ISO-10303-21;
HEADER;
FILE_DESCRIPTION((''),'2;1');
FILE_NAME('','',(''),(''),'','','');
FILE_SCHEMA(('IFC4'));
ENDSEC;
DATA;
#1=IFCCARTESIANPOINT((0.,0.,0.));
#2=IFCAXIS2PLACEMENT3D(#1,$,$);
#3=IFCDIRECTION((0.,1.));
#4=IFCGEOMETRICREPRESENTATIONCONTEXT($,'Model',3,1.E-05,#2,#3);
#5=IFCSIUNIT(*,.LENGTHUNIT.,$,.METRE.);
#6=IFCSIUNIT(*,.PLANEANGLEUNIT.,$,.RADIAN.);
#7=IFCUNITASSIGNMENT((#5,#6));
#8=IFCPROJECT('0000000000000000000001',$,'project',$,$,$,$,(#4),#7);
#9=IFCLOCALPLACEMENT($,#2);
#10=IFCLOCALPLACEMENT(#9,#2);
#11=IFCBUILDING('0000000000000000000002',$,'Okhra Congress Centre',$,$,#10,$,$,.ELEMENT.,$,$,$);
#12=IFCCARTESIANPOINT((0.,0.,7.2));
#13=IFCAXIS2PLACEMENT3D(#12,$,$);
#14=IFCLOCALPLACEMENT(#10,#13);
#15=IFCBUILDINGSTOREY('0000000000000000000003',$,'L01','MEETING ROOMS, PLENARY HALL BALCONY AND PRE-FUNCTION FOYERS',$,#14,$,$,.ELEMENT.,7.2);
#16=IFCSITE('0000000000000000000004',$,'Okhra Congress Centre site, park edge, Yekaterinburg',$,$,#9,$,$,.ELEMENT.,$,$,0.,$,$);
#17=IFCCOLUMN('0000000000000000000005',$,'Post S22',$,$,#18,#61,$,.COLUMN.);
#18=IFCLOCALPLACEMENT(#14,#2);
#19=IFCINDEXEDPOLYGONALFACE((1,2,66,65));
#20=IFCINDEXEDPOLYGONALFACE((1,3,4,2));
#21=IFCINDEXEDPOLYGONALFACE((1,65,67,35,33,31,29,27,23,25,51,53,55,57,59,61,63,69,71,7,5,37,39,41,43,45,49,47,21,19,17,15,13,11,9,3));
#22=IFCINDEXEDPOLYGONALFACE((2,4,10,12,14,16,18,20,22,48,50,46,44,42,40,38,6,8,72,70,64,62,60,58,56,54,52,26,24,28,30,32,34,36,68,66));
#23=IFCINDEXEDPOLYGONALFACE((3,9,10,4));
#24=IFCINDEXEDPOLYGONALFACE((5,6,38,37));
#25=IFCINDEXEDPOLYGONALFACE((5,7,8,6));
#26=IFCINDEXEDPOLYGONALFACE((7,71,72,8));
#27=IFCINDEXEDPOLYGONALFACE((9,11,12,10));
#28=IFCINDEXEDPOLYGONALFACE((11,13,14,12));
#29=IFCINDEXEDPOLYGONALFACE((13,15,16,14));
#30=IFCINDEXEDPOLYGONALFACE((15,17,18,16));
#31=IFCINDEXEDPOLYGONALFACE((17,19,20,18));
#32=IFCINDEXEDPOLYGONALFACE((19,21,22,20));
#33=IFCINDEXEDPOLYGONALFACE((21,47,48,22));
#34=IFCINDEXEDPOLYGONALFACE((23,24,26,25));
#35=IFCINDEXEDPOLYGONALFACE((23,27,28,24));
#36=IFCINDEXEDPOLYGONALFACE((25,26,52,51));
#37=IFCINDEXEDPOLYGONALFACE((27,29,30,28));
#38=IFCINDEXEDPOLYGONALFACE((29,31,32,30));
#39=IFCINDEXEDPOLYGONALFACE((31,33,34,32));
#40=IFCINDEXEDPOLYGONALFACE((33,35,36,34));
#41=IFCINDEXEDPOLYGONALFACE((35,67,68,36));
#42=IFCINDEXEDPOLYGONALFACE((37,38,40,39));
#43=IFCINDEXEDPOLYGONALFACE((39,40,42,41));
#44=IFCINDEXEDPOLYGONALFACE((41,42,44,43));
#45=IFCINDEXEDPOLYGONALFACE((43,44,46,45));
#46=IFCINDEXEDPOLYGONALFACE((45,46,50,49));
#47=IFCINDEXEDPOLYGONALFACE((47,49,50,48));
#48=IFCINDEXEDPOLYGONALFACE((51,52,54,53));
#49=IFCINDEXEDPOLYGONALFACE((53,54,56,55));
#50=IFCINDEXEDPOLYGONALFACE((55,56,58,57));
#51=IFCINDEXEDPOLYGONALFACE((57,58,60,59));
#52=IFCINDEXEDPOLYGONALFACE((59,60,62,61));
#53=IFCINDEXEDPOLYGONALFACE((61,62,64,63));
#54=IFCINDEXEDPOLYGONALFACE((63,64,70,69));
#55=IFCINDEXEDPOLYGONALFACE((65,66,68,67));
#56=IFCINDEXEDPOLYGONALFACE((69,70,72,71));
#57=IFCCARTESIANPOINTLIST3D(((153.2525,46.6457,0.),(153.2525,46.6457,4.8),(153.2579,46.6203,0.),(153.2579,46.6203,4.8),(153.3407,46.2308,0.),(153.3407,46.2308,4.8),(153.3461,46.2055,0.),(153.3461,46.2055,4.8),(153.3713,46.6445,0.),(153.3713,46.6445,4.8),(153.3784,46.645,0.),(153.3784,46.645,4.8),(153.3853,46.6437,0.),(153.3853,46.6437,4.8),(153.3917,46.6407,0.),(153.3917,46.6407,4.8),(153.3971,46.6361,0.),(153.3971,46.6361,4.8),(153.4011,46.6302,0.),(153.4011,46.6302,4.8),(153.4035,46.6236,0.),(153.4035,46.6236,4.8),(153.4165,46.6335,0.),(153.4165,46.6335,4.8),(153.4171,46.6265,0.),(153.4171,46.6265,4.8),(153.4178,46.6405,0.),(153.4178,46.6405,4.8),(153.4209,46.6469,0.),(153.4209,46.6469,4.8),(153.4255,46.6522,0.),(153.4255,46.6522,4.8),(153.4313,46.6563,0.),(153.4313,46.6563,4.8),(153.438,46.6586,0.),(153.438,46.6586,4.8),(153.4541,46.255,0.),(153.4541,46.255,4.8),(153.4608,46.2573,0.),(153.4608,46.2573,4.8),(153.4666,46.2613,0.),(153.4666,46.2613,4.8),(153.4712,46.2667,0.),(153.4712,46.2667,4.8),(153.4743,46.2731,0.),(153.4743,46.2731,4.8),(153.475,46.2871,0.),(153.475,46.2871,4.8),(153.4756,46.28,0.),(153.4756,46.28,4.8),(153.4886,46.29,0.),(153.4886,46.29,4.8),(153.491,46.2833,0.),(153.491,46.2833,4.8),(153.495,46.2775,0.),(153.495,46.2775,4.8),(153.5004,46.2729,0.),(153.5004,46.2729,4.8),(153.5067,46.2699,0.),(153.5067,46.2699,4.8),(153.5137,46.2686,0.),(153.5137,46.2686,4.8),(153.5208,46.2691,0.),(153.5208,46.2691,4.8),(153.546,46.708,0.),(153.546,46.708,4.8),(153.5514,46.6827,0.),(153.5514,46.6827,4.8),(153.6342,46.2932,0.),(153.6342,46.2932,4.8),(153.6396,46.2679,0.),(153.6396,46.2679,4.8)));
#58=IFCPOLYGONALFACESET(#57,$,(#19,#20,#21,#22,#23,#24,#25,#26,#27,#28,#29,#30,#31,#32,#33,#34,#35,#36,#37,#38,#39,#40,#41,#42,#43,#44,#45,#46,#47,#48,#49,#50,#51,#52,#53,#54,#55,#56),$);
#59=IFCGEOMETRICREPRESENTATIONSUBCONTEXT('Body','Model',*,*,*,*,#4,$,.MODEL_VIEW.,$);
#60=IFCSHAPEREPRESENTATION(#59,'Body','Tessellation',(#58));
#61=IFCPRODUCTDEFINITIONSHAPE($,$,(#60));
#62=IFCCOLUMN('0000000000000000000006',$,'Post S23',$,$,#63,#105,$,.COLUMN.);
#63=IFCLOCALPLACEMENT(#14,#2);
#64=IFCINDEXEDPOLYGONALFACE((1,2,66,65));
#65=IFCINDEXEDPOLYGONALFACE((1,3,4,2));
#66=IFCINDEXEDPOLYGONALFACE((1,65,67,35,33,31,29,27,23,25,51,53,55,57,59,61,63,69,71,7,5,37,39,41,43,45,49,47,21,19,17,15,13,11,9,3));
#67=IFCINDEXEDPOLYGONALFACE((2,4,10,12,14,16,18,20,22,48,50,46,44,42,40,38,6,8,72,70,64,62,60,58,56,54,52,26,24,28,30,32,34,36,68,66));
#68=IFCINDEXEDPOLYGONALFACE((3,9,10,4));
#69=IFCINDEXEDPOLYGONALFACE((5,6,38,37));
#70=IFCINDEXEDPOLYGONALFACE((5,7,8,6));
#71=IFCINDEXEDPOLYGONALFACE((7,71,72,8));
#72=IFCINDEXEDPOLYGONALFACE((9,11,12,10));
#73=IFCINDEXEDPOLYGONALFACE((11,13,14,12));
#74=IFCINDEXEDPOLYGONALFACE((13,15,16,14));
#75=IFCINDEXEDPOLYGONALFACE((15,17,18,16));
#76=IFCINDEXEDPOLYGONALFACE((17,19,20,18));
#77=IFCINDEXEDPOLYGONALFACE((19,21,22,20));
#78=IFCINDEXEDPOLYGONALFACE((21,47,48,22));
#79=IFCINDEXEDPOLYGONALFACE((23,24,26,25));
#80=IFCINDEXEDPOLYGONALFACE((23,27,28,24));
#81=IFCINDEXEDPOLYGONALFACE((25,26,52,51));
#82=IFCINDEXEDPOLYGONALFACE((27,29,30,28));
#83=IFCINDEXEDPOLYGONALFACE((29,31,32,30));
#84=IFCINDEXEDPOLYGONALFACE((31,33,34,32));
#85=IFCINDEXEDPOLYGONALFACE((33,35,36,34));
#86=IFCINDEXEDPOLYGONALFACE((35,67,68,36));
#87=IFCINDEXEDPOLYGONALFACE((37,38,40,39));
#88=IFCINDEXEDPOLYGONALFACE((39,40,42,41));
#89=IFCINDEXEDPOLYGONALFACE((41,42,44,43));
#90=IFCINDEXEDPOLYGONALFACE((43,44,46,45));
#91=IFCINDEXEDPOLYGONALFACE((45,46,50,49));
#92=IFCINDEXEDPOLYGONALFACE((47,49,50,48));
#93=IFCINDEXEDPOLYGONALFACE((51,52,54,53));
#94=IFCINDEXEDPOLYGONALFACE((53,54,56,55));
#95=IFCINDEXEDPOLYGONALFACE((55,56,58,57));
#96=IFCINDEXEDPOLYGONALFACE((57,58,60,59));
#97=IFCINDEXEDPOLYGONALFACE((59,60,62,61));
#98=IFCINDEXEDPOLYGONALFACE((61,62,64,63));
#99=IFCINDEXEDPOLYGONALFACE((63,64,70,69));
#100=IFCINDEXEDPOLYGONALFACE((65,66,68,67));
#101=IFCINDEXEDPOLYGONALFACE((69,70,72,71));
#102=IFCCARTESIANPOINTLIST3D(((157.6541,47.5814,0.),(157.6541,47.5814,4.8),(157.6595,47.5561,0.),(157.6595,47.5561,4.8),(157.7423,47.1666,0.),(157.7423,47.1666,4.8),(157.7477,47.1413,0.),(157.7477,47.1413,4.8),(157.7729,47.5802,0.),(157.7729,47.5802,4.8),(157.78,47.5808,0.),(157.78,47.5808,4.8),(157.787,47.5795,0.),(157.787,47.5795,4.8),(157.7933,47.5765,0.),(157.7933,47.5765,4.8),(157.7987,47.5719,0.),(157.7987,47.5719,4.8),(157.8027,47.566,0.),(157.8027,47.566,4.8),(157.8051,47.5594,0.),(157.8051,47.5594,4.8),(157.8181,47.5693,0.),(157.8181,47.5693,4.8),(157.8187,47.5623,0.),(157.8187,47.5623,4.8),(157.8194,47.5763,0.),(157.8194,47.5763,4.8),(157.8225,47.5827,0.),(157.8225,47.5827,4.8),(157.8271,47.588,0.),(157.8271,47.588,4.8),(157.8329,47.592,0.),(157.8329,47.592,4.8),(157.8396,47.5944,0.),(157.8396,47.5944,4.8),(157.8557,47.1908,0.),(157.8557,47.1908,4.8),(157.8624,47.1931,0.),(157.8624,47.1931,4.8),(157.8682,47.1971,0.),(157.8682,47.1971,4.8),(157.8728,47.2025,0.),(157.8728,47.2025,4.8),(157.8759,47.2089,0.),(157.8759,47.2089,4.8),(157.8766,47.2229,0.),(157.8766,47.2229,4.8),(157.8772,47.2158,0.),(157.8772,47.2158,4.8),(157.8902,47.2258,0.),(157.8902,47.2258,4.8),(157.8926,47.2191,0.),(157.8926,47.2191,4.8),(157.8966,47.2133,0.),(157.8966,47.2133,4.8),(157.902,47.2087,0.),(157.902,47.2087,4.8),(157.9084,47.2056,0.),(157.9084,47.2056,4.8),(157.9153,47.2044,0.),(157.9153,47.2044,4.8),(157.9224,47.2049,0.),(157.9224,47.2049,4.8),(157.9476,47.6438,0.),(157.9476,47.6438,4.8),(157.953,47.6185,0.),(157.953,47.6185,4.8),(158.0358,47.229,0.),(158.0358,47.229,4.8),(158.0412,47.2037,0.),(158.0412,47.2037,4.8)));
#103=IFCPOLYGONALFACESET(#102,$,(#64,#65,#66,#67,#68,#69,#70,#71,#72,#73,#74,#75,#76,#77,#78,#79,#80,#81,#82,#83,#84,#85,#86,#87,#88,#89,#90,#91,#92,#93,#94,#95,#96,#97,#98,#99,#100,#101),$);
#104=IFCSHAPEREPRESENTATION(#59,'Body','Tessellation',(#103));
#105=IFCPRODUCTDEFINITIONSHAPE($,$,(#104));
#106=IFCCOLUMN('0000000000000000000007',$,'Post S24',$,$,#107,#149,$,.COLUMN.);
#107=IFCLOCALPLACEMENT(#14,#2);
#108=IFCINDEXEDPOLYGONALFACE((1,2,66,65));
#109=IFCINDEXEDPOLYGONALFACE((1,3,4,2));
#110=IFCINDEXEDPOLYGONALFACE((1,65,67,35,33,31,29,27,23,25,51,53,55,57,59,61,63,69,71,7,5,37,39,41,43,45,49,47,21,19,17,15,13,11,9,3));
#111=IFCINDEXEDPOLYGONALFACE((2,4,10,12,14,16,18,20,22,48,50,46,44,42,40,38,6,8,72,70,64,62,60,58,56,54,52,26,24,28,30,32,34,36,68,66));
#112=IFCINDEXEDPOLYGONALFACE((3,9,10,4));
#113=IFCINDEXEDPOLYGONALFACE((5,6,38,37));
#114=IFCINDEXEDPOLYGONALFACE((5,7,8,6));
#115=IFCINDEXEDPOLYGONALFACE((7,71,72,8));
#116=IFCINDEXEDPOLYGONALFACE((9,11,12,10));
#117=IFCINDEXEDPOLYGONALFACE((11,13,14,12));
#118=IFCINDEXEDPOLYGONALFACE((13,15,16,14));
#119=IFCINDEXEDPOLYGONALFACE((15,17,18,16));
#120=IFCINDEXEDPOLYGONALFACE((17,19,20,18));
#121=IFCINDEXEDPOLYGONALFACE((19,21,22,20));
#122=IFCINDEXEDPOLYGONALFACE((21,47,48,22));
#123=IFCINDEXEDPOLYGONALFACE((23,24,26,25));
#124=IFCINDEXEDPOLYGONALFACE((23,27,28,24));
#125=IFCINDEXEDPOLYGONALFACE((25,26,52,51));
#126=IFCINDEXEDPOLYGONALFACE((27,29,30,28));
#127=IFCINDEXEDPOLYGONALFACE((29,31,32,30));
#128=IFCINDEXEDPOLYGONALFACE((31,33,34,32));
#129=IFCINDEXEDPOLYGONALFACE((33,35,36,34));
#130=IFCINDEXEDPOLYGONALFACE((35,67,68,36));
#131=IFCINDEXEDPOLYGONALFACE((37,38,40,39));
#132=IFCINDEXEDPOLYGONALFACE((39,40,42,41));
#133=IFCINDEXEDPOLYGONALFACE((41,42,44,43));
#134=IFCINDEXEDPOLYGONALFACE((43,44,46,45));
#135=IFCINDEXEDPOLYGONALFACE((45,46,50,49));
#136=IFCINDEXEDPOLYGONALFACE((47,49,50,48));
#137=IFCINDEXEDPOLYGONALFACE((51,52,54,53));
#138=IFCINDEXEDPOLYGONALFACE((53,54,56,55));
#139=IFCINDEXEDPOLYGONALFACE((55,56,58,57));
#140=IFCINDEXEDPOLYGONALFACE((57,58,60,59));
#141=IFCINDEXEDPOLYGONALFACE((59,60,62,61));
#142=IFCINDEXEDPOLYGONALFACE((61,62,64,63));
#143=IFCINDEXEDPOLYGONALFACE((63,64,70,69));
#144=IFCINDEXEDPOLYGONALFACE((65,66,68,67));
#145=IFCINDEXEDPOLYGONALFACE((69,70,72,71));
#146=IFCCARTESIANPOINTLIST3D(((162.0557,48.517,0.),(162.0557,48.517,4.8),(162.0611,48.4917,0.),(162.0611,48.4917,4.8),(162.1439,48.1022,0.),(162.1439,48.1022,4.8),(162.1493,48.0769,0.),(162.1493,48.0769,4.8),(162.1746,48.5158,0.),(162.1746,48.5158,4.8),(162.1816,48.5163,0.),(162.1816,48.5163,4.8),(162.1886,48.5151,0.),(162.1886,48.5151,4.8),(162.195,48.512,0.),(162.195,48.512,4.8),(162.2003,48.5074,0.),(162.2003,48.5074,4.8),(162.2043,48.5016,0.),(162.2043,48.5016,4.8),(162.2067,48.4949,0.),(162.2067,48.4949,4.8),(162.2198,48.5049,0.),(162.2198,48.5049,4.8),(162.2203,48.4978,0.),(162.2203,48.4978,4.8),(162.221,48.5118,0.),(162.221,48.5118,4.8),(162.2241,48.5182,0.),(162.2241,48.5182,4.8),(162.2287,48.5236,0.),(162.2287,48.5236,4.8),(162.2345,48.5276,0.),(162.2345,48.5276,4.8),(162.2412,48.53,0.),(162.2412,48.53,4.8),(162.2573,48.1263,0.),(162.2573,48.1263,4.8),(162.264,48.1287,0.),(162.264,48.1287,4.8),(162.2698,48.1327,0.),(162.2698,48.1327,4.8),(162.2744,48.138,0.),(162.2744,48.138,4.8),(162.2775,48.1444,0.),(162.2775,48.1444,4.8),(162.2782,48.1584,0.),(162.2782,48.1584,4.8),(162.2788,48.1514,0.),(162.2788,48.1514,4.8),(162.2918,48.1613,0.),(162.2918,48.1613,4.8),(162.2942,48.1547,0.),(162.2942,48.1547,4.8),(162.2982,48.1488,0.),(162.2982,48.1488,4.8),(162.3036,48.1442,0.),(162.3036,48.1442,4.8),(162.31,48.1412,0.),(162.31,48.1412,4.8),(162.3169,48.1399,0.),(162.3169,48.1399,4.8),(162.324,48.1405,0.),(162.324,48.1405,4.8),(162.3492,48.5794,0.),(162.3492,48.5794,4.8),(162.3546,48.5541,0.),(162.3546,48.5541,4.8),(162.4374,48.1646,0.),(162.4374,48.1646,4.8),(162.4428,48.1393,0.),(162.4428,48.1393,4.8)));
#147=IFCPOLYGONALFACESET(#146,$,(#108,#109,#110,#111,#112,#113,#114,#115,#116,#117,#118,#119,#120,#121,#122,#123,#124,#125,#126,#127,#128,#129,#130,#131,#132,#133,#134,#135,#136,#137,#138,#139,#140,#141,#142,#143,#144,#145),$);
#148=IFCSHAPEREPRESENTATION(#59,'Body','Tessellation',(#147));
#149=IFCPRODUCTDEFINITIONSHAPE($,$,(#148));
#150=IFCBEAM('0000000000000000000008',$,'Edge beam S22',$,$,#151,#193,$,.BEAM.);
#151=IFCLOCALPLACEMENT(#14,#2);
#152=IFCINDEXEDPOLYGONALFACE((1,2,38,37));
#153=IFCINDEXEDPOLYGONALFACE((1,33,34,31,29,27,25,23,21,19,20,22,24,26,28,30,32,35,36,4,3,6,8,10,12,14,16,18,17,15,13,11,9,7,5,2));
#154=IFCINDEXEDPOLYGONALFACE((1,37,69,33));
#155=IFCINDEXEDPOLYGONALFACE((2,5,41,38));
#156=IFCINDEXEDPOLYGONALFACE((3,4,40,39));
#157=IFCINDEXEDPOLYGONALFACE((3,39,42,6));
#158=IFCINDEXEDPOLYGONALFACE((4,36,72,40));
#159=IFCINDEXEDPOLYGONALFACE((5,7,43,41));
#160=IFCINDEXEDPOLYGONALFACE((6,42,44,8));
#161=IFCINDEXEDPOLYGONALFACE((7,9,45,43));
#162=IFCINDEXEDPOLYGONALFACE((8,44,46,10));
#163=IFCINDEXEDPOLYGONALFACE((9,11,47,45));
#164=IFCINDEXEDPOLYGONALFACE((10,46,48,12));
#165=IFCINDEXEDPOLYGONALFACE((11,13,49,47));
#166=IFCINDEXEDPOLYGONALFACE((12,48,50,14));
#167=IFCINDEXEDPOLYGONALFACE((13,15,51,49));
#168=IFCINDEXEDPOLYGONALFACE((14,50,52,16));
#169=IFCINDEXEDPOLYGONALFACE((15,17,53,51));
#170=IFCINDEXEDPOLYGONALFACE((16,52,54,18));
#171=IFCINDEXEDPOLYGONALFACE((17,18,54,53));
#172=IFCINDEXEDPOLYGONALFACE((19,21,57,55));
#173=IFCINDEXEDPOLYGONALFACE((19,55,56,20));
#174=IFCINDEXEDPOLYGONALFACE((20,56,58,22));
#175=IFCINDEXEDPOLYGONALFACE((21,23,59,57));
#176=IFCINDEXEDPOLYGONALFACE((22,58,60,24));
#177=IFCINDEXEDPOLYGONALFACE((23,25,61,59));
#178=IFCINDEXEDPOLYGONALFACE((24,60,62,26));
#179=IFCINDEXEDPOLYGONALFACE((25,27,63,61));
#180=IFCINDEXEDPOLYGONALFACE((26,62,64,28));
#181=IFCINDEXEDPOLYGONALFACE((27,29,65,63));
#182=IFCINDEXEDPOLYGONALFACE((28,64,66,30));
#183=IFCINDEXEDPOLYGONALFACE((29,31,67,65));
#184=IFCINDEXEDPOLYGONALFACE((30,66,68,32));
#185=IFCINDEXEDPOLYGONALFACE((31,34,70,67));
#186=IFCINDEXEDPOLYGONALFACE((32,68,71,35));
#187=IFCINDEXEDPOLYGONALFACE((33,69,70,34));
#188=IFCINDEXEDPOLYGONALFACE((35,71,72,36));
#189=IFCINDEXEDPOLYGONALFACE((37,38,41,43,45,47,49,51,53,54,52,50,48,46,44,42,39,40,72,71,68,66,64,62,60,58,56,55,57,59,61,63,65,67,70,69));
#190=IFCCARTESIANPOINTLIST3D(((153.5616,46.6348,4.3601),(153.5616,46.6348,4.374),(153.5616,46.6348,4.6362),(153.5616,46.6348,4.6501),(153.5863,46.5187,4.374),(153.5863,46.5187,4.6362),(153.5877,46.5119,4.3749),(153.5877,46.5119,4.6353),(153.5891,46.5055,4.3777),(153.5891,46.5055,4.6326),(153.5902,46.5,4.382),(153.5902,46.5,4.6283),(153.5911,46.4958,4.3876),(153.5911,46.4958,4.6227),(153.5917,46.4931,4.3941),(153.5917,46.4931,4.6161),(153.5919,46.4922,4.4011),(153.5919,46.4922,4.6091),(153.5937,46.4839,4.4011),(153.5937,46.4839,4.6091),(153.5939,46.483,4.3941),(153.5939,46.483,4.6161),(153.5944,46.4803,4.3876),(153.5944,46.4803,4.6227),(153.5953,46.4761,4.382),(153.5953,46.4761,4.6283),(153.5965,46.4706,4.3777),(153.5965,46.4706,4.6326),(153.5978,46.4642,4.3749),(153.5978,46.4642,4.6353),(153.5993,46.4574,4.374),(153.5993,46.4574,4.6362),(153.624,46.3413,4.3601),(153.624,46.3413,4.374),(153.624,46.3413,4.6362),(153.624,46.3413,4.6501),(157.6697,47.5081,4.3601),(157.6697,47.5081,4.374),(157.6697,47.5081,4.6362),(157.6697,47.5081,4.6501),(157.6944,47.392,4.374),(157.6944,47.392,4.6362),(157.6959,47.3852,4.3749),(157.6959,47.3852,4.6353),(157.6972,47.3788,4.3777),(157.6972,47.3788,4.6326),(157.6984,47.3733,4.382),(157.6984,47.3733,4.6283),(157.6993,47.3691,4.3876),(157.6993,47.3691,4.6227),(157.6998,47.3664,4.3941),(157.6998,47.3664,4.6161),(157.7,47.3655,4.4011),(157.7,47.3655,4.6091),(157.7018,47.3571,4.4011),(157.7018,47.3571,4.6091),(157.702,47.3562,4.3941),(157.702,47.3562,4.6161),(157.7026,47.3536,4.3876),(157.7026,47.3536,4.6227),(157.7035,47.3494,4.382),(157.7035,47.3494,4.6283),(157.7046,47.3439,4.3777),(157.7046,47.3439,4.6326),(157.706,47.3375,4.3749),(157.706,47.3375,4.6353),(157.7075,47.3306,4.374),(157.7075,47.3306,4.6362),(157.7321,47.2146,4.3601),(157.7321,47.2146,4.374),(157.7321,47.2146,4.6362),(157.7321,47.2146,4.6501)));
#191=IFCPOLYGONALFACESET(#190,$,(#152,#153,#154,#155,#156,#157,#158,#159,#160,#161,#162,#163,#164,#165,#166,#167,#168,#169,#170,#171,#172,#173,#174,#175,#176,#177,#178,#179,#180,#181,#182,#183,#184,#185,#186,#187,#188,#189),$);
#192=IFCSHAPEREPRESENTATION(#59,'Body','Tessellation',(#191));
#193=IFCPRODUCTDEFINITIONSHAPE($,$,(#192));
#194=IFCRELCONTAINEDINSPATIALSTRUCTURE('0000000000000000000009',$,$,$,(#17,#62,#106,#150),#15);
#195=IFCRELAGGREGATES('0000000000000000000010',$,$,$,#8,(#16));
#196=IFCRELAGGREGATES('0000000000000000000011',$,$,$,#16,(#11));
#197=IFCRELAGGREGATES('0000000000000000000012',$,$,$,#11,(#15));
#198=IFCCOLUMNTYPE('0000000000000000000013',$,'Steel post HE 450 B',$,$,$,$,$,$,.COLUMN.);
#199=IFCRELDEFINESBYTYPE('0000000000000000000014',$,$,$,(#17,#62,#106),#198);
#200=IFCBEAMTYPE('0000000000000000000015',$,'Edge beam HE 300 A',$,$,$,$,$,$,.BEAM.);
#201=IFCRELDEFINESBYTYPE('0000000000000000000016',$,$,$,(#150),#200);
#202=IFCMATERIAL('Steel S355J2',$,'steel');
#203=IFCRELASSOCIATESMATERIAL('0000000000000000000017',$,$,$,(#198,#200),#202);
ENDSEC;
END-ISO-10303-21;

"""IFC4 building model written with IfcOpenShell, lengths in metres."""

from ifc_helpers import new_model, si_unit, direction, frame, origin, origin_2d, place, context, subcontext, project, spatial, i_section, extrude, material, material_profile, profile_set, type_object, element, save


model = new_model("IFC4")

# Units and contexts
model_context = context("Model", 3, precision=1e-05, world=origin(), true_north=direction((0.0, 1.0)))
body_context = subcontext(model_context, "Body", "Model", "MODEL_VIEW")
ifc_project = project(units=[si_unit("LENGTHUNIT", "METRE"), si_unit("PLANEANGLEUNIT", "RADIAN")], contexts=[model_context])

# Site, building, storey
site_placement = place(None, origin())
site = spatial("IfcSite", under=ifc_project, at=site_placement, Name="Okhra Congress Centre site, park edge, Yekaterinburg", CompositionType="ELEMENT", RefElevation=0.0)
building_placement = place(site_placement, origin())
building = spatial("IfcBuilding", under=site, at=building_placement, Name="Okhra Congress Centre", CompositionType="ELEMENT")
storey_placement = place(building_placement, frame((0.0, 0.0, 7.2)))
storey = spatial("IfcBuildingStorey", under=building, at=storey_placement, Name="L01", Description="MEETING ROOMS, PLENARY HALL BALCONY AND PRE-FUNCTION FOYERS", CompositionType="ELEMENT", Elevation=7.2)

# Columns
ifc_material_1 = material(Name="Steel S355J2", Category="steel")
ifc_material_profile_1 = material_profile(ifc_material_1, i_section(OverallWidth=0.3, OverallDepth=0.45, WebThickness=0.0139, FlangeThickness=0.0259, FilletRadius=0.0271, at=origin_2d()), Name="HE 450 B")
ifc_profile_set_1 = profile_set([ifc_material_profile_1], Name="Steel S355J2")
column_type = type_object("IfcColumnType", Name="Steel post HE 450 B", PredefinedType="COLUMN", material=ifc_profile_set_1)
for number, where, z_axis, x_axis, name in (
    (1, (153.446, 46.4568, 0.0), (0.0, 0.0, 1.0), (0.978148, 0.207912, 0.0), "Post S22"),
    (2, (157.8477, 47.3926, 0.0), (0.0, 0.0, 1.0), (0.978148, 0.207912, 0.0), "Post S23"),
    (3, (162.2493, 48.3281, 0.0), (0.0, 0.0, 1.0), (0.978148, 0.207912, 0.0), "Post S24"),
):
    element("IfcColumn", number, at=place(storey_placement, frame(where, z_axis=z_axis, x_axis=x_axis)), inside=storey, type_object=column_type, Name=name, PredefinedType="COLUMN", context=body_context, shape_type="SweptSolid", body=[
        extrude(i_section(OverallWidth=0.3, OverallDepth=0.45, WebThickness=0.0139, FlangeThickness=0.0259, FilletRadius=0.0271, at=origin_2d()), origin(), (0.0, 0.0, 1.0), 4.8),
    ])

# Beam
ifc_material_profile_2 = material_profile(ifc_material_1, i_section(OverallWidth=0.3, OverallDepth=0.29, WebThickness=0.0085, FlangeThickness=0.0139, FilletRadius=0.0271, at=origin_2d()), Name="HE 300 A")
ifc_profile_set_2 = profile_set([ifc_material_profile_2], Name="Steel S355J2")
beam_type_1 = type_object("IfcBeamType", Name="Edge beam HE 300 A", PredefinedType="BEAM", material=ifc_profile_set_2)
for number, where, z_axis, x_axis, name in (
    (4, (153.5928, 46.488, 4.5051), (0.978144, 0.207929, 0.0), (-0.207929, 0.978144, 0.0), "Edge beam S22"),
):
    element("IfcBeam", number, at=place(storey_placement, frame(where, z_axis=z_axis, x_axis=x_axis)), inside=storey, type_object=beam_type_1, Name=name, PredefinedType="BEAM", context=body_context, shape_type="SweptSolid", body=[
        extrude(i_section(OverallWidth=0.3, OverallDepth=0.29, WebThickness=0.0085, FlangeThickness=0.0139, FilletRadius=0.0271, at=origin_2d()), origin(), (0.0, 0.0, 1.0), 4.2),
    ])

save(model, "model.ifc")
